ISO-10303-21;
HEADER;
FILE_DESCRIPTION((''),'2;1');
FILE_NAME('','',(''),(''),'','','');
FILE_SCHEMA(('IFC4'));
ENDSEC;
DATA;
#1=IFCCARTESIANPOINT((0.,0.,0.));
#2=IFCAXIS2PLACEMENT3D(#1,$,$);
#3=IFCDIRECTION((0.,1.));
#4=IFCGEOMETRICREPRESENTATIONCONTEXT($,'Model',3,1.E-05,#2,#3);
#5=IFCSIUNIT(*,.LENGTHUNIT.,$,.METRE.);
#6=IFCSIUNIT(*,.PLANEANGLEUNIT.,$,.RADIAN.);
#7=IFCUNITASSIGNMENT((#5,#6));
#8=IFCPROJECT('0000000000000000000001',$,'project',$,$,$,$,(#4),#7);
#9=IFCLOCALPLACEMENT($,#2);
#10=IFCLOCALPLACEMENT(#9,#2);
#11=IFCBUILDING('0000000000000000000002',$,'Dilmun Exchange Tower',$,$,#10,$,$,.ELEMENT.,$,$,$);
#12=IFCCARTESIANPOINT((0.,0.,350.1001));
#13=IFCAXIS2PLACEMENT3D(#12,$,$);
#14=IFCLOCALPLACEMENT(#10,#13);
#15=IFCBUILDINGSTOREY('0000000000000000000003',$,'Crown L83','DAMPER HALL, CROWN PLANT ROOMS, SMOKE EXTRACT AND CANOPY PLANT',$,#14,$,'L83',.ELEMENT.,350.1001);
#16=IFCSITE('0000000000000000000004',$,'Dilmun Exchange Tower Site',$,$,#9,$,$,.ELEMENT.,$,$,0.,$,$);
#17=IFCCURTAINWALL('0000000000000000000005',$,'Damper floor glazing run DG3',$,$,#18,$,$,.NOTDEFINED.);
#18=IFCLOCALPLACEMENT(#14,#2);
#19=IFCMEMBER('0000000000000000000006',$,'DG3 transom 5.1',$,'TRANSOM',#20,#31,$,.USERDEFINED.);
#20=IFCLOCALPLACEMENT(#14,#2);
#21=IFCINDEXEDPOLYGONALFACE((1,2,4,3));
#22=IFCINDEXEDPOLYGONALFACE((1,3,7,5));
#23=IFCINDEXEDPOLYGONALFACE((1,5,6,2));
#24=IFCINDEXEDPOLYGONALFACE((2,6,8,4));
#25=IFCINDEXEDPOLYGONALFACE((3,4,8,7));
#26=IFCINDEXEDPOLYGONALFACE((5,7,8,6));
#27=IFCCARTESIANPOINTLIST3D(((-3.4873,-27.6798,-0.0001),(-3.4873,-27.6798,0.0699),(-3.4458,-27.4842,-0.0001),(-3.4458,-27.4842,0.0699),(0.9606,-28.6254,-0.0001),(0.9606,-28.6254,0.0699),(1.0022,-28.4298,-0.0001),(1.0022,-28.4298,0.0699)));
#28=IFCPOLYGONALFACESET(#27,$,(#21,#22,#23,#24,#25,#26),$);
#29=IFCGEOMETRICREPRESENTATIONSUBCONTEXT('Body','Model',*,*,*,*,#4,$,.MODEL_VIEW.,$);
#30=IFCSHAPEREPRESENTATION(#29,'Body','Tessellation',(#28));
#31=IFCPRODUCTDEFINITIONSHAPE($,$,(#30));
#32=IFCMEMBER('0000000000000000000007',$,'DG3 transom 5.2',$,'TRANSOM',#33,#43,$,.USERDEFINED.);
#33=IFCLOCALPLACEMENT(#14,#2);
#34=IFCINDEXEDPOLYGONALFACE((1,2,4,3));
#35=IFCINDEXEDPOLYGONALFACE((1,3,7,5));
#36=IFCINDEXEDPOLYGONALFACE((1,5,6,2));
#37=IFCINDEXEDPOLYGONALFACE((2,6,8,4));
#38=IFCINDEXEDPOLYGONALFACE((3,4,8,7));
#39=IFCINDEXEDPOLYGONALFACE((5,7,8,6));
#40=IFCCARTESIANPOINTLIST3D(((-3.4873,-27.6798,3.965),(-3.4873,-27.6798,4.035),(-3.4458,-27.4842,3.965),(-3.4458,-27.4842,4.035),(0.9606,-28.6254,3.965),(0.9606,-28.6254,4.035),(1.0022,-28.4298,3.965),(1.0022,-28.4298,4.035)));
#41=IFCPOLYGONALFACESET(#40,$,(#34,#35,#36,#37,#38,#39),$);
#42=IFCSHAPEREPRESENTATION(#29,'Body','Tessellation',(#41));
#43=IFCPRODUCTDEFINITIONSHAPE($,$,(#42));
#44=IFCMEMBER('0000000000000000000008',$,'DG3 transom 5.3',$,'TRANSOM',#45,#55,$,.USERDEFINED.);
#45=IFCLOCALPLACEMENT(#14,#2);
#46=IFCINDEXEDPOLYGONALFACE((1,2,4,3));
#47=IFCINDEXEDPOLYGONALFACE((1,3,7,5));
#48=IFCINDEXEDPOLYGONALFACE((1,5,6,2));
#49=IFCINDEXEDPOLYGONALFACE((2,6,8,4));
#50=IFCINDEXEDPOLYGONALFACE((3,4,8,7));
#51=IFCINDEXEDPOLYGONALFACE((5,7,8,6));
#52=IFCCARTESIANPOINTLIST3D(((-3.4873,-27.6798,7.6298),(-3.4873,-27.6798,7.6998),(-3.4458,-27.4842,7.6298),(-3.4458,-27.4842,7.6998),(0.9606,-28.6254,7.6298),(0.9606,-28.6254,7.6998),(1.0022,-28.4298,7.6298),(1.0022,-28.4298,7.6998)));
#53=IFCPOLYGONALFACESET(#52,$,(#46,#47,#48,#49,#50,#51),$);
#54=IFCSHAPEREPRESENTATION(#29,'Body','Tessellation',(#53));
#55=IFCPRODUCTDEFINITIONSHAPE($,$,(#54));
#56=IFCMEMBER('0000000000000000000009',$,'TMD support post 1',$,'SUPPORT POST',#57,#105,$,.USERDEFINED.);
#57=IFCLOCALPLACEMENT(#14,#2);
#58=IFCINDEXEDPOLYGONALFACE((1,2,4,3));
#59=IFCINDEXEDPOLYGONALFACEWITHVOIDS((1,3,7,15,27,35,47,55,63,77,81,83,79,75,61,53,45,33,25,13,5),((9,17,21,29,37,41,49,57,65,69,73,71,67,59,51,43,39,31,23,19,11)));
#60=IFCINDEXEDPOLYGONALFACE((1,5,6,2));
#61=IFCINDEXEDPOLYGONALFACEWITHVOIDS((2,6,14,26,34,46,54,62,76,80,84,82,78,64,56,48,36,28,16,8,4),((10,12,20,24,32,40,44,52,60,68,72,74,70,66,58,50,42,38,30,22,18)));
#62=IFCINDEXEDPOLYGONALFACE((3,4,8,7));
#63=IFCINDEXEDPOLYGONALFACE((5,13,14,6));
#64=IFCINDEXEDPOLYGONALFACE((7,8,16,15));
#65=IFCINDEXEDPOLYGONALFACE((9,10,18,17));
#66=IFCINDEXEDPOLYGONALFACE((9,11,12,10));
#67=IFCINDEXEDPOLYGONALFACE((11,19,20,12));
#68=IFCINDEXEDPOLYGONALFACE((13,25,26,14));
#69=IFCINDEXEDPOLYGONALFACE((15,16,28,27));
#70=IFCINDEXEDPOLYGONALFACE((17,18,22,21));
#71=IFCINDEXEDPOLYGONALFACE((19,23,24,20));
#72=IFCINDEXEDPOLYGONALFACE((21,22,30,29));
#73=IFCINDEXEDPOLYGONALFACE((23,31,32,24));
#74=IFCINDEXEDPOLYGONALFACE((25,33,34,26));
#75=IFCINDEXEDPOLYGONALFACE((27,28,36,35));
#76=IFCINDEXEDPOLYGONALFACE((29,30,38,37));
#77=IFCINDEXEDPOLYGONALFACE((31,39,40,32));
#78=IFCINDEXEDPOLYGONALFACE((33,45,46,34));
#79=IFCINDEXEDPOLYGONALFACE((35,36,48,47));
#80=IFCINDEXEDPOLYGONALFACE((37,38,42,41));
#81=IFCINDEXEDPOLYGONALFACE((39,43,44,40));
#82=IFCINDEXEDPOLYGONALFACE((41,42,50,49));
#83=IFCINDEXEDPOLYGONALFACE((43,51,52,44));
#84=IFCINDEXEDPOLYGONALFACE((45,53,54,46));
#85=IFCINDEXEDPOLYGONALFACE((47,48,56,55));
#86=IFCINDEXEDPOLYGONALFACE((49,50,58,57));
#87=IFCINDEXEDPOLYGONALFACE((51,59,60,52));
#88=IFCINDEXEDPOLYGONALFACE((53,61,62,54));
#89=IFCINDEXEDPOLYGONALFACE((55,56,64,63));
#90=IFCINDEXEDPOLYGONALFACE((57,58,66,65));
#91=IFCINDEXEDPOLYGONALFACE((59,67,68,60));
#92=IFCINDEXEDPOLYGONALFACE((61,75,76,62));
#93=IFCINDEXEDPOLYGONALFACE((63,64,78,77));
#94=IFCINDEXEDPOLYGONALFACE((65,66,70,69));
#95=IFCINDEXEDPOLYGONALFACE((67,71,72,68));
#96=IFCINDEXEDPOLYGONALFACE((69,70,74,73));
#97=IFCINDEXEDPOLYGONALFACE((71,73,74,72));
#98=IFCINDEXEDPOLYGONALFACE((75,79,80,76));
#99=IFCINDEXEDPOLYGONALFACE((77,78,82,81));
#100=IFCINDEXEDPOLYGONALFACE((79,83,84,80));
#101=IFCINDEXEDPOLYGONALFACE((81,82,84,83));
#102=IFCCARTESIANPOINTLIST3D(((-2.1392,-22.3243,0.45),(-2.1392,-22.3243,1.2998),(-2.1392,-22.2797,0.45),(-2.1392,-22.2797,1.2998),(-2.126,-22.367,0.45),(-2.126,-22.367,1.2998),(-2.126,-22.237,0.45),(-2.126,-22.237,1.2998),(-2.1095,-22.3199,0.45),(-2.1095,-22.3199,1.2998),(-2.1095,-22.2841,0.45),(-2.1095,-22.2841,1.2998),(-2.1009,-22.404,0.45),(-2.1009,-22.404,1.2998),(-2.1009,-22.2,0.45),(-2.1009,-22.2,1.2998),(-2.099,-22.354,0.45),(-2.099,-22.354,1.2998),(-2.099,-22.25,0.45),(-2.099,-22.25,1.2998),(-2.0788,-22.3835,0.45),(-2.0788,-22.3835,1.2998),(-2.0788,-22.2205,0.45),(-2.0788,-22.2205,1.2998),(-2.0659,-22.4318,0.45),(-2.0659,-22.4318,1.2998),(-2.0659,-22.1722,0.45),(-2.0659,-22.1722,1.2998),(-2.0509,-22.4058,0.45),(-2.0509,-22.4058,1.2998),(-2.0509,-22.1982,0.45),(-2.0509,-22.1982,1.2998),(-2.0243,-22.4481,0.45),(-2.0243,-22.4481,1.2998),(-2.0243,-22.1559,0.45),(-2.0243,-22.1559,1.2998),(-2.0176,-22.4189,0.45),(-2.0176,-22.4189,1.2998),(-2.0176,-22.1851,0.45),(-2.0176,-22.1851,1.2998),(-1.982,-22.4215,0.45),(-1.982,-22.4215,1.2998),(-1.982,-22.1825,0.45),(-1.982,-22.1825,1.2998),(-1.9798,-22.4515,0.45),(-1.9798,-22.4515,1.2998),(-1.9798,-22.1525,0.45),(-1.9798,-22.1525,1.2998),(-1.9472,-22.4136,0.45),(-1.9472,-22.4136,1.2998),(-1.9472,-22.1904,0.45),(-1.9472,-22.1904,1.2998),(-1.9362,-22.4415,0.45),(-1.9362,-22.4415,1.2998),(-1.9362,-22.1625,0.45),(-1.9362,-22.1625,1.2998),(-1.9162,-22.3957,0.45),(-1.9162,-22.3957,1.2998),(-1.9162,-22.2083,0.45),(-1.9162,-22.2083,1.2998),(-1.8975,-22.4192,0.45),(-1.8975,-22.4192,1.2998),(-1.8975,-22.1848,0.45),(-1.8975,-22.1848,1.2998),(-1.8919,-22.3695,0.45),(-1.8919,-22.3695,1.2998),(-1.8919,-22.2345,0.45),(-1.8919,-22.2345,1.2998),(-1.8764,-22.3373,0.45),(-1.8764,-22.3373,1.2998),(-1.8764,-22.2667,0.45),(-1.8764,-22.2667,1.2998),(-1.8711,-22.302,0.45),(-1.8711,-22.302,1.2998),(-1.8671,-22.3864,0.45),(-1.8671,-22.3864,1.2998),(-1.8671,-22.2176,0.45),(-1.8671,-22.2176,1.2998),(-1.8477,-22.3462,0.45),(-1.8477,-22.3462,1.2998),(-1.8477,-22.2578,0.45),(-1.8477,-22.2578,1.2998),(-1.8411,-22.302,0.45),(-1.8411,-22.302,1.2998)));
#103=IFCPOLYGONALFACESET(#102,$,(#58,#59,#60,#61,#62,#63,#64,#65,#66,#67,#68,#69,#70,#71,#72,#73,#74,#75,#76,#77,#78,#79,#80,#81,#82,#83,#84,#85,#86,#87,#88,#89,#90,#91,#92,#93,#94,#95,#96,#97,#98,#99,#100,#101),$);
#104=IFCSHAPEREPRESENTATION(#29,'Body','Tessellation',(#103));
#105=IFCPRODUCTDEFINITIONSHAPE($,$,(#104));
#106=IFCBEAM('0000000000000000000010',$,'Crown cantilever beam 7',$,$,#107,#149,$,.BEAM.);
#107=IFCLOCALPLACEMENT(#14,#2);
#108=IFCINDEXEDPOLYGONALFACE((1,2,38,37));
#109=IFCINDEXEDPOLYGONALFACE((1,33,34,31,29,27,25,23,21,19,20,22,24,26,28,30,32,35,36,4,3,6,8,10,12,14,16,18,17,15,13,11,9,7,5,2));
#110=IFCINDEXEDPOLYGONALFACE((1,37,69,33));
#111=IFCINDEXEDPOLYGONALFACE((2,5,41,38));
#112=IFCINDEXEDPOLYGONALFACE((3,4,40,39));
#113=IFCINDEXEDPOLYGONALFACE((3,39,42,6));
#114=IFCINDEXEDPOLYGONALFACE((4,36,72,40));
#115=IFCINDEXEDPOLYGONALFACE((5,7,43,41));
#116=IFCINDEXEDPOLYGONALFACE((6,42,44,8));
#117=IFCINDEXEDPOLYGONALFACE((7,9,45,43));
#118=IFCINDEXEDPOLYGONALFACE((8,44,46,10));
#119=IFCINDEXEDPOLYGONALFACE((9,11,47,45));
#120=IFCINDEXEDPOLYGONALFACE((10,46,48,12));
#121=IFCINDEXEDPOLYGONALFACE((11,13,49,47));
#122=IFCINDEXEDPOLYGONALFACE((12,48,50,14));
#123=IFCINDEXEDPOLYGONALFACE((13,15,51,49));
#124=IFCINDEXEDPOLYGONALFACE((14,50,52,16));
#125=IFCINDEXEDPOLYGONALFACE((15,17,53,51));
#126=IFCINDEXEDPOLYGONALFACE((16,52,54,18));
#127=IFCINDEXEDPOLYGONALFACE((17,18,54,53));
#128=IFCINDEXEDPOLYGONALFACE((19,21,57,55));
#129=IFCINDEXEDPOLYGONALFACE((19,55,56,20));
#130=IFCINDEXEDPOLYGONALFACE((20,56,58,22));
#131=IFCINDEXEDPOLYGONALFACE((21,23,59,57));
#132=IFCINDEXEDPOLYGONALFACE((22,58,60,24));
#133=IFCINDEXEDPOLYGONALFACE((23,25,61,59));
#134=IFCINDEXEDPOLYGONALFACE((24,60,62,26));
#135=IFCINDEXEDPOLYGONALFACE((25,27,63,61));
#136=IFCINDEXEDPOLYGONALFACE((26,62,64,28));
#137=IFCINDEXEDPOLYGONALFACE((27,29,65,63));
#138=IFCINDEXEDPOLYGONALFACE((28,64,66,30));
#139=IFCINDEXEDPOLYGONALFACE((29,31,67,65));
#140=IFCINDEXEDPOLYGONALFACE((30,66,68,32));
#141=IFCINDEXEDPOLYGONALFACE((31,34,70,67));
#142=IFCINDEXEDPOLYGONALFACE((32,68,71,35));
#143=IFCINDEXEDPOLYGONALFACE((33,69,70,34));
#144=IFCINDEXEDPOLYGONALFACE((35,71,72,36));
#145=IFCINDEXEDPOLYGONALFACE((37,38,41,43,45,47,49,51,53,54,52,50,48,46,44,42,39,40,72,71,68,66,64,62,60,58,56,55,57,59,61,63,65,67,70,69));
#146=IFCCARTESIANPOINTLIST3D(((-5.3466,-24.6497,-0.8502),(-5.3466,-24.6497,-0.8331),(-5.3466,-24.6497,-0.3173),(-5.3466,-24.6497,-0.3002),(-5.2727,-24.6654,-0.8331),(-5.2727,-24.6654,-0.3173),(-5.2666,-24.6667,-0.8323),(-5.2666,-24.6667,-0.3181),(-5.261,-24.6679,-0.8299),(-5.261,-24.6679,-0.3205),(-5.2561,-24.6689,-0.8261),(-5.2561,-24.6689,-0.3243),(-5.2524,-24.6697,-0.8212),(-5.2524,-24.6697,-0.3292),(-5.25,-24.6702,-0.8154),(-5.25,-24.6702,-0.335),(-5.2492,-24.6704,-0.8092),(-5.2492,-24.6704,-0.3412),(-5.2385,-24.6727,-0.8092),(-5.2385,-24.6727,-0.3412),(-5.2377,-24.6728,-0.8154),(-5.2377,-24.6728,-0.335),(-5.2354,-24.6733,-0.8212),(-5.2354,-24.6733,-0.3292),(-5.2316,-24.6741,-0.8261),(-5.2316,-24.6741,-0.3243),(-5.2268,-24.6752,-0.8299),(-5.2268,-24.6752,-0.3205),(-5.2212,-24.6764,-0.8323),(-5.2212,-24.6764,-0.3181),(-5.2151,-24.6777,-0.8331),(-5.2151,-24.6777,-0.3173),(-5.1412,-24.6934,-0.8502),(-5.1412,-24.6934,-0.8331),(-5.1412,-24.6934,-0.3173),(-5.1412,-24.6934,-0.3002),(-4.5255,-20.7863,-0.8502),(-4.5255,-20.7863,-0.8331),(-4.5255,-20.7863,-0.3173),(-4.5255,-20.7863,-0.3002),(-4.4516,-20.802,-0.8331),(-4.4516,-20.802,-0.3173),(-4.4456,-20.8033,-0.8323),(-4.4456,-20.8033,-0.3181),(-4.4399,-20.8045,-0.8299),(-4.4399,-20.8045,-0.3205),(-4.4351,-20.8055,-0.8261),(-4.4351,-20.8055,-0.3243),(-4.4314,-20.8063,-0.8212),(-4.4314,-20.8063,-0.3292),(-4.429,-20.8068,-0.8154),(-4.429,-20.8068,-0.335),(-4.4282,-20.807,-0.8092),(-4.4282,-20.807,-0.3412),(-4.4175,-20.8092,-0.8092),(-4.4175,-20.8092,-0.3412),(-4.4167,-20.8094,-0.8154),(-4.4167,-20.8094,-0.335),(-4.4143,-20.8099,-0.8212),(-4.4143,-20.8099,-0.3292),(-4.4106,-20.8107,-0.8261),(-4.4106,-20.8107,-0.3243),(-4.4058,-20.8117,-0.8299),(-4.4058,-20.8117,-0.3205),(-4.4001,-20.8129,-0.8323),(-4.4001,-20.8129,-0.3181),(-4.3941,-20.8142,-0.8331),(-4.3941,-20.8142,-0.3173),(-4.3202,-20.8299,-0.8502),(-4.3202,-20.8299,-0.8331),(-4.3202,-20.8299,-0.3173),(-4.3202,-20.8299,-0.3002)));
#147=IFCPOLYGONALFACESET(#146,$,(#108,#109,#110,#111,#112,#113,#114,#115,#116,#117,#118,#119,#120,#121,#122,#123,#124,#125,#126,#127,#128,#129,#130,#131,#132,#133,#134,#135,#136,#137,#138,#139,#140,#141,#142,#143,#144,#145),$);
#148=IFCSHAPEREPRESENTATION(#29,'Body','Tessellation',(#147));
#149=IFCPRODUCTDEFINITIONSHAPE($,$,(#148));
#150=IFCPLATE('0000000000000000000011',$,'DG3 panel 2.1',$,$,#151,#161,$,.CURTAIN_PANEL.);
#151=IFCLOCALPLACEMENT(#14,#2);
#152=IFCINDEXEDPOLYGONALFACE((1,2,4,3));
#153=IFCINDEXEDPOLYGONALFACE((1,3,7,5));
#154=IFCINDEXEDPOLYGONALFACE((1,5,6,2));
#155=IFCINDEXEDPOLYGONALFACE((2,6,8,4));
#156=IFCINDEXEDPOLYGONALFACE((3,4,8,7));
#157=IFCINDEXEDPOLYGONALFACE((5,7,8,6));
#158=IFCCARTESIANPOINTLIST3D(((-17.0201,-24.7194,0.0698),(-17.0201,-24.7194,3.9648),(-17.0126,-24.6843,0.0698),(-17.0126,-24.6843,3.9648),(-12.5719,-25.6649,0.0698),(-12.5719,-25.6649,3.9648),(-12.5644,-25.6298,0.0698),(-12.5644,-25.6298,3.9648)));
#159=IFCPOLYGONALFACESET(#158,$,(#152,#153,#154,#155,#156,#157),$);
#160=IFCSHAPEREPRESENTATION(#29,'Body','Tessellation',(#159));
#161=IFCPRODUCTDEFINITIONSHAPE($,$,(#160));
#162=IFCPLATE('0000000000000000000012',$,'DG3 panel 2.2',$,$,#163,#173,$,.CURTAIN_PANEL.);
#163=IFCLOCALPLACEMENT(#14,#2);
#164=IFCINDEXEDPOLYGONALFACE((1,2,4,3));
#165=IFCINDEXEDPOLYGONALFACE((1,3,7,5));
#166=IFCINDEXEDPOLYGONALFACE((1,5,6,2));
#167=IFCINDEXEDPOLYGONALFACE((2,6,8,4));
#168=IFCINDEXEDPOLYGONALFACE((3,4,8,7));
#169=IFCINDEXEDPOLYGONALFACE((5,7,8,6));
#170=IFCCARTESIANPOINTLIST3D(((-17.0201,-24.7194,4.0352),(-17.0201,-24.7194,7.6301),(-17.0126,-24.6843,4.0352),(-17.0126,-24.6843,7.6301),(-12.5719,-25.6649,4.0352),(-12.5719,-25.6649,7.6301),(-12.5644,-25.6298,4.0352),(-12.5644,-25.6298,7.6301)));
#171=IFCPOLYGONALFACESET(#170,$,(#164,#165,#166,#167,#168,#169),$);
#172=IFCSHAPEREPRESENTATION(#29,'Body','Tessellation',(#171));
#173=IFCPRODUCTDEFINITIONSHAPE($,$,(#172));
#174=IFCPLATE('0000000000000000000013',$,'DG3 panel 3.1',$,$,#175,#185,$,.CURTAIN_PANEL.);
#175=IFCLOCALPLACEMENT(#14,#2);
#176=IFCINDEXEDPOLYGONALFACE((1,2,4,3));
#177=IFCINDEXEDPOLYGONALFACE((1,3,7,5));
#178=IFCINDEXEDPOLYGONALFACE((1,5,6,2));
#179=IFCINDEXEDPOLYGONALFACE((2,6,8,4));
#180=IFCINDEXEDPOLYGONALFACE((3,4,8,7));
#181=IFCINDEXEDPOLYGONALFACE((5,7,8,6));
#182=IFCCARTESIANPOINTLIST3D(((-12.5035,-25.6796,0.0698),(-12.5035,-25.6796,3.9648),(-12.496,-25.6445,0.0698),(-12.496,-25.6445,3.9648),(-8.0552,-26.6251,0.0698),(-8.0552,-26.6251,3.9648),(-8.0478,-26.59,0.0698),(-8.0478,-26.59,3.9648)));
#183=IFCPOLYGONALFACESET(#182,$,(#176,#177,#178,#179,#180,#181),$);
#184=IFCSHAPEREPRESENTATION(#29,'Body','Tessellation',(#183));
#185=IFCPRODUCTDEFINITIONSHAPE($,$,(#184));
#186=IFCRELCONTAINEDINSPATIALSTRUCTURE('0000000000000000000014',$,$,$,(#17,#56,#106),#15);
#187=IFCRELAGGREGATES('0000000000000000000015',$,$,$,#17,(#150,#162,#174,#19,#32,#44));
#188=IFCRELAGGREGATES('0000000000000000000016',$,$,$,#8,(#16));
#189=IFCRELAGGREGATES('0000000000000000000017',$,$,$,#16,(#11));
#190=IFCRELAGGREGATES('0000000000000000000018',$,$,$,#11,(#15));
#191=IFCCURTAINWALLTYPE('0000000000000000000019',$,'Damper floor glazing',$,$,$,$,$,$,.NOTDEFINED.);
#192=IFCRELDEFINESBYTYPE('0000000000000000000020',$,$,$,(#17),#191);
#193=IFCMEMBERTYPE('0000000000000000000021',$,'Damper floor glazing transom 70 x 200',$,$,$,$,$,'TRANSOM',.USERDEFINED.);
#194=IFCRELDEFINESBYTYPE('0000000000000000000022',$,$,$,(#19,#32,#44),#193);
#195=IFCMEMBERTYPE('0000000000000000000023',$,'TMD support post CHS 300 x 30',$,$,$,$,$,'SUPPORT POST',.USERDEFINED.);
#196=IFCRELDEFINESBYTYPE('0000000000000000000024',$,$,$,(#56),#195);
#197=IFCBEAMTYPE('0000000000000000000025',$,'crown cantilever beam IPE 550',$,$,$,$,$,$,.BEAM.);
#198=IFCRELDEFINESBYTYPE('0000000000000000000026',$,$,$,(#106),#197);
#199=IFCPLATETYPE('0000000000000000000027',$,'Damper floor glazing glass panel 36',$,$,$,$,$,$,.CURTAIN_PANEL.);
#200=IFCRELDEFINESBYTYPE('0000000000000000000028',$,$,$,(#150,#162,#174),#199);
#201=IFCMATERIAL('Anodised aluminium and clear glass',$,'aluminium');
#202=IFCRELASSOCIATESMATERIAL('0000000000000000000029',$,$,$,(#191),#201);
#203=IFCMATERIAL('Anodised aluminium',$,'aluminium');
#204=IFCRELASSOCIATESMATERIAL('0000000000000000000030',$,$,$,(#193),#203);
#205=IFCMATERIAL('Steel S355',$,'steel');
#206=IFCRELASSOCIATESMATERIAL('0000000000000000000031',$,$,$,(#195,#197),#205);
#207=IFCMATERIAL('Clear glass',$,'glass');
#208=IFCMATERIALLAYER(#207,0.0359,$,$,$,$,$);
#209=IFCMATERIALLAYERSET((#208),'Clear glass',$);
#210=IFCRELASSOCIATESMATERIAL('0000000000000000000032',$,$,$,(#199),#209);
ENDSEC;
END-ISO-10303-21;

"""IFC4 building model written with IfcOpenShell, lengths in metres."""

from ifc_helpers import new_model, si_unit, direction, frame, origin, origin_2d, place, context, subcontext, project, spatial, rectangle, hollow_circle, i_section, extrude, material, layer, layer_set, material_profile, profile_set, type_object, element, aggregate, save


model = new_model("IFC4")

# Units and contexts
model_context = context("Model", 3, precision=1e-05, world=origin(), true_north=direction((0.0, 1.0)))
body_context = subcontext(model_context, "Body", "Model", "MODEL_VIEW")
ifc_project = project(units=[si_unit("LENGTHUNIT", "METRE"), si_unit("PLANEANGLEUNIT", "RADIAN")], contexts=[model_context])

# Site, building, storey
site_placement = place(None, origin())
site = spatial("IfcSite", under=ifc_project, at=site_placement, Name="Dilmun Exchange Tower Site", CompositionType="ELEMENT", RefElevation=0.0)
building_placement = place(site_placement, origin())
building = spatial("IfcBuilding", under=site, at=building_placement, Name="Dilmun Exchange Tower", CompositionType="ELEMENT")
storey_placement = place(building_placement, frame((0.0, 0.0, 350.1001)))
storey = spatial("IfcBuildingStorey", under=building, at=storey_placement, Name="Crown L83", Description="DAMPER HALL, CROWN PLANT ROOMS, SMOKE EXTRACT AND CANOPY PLANT", LongName="L83", CompositionType="ELEMENT", Elevation=350.1001)

# Curtain wall, members
ifc_material_1 = material(Name="Anodised aluminium and clear glass", Category="aluminium")
curtain_wall_type = type_object("IfcCurtainWallType", Name="Damper floor glazing", PredefinedType="NOTDEFINED", material=ifc_material_1)
curtain_wall_placement = place(storey_placement, origin())
curtain_wall = element("IfcCurtainWall", 1, at=curtain_wall_placement, inside=storey, type_object=curtain_wall_type, Name="Damper floor glazing run DG3", PredefinedType="NOTDEFINED")
ifc_material_2 = material(Name="Anodised aluminium", Category="aluminium")
ifc_material_profile_1 = material_profile(ifc_material_2, rectangle(XDim=0.2, YDim=0.0701, at=origin_2d()), Name="AL 70x200")
ifc_profile_set_1 = profile_set([ifc_material_profile_1], Name="Anodised aluminium")
member_type_1 = type_object("IfcMemberType", Name="Damper floor glazing transom 70 x 200", ElementType="TRANSOM", PredefinedType="USERDEFINED", material=ifc_profile_set_1)
member_1_placement = place(storey_placement, frame((-3.4666, -27.582, 0.0349), z_axis=(0.978143, -0.207934, 0.0), x_axis=(0.207934, 0.978143, 0.0)))
member_1 = element("IfcMember", 2, at=member_1_placement, type_object=member_type_1, Name="DG3 transom 5.1", ObjectType="TRANSOM", PredefinedType="USERDEFINED", context=body_context, shape_type="SweptSolid", body=[
    extrude(rectangle(XDim=0.2, YDim=0.0701, at=origin_2d()), origin(), (0.0, 0.0, 1.0), 4.5474),
])
member_2_placement = place(storey_placement, frame((-3.4666, -27.582, 4.0), z_axis=(0.978143, -0.207934, 0.0), x_axis=(0.207934, 0.978143, 0.0)))
member_2 = element("IfcMember", 3, at=member_2_placement, type_object=member_type_1, Name="DG3 transom 5.2", ObjectType="TRANSOM", PredefinedType="USERDEFINED", context=body_context, shape_type="SweptSolid", body=[
    extrude(rectangle(XDim=0.2, YDim=0.0701, at=origin_2d()), origin(), (0.0, 0.0, 1.0), 4.5474),
])
member_3_placement = place(storey_placement, frame((-3.4666, -27.582, 7.6648), z_axis=(0.978143, -0.207934, 0.0), x_axis=(0.207934, 0.978143, 0.0)))
member_3 = element("IfcMember", 4, at=member_3_placement, type_object=member_type_1, Name="DG3 transom 5.3", ObjectType="TRANSOM", PredefinedType="USERDEFINED", context=body_context, shape_type="SweptSolid", body=[
    extrude(rectangle(XDim=0.2, YDim=0.0701, at=origin_2d()), origin(), (0.0, 0.0, 1.0), 4.5474),
])

# Member
ifc_material_3 = material(Name="Steel S355", Category="steel")
ifc_material_profile_2 = material_profile(ifc_material_3, hollow_circle(Radius=0.1499, WallThickness=0.03, at=origin_2d()), Name="CHS 300x30")
ifc_profile_set_2 = profile_set([ifc_material_profile_2], Name="Steel S355")
member_type_2 = type_object("IfcMemberType", Name="TMD support post CHS 300 x 30", ElementType="SUPPORT POST", PredefinedType="USERDEFINED", material=ifc_profile_set_2)
member_4_placement = place(storey_placement, frame((-1.991, -22.302, 0.45), z_axis=(0.0, 0.0, 1.0), x_axis=(1.0, 0.0, 0.0)))
element("IfcMember", 5, at=member_4_placement, inside=storey, type_object=member_type_2, Name="TMD support post 1", ObjectType="SUPPORT POST", PredefinedType="USERDEFINED", context=body_context, shape_type="SweptSolid", body=[
    extrude(hollow_circle(Radius=0.1499, WallThickness=0.03, at=origin_2d()), origin(), (0.0, 0.0, 1.0), 0.8499),
])

# Beam
ifc_material_profile_3 = material_profile(ifc_material_3, i_section(OverallWidth=0.21, OverallDepth=0.55, WebThickness=0.011, FlangeThickness=0.0171, FilletRadius=0.0239, at=origin_2d()), Name="IPE 550")
ifc_profile_set_3 = profile_set([ifc_material_profile_3], Name="Steel S355")
beam_type = type_object("IfcBeamType", Name="crown cantilever beam IPE 550", PredefinedType="BEAM", material=ifc_profile_set_3)
beam_placement = place(storey_placement, frame((-4.4229, -20.8081, -0.5752), z_axis=(-0.20787, -0.978156, 0.0), x_axis=(0.978156, -0.20787, 0.0)))
element("IfcBeam", 6, at=beam_placement, inside=storey, type_object=beam_type, Name="Crown cantilever beam 7", PredefinedType="BEAM", context=body_context, shape_type="SweptSolid", body=[
    extrude(i_section(OverallWidth=0.21, OverallDepth=0.55, WebThickness=0.011, FlangeThickness=0.0171, FilletRadius=0.0239, at=origin_2d()), origin(), (0.0, 0.0, 1.0), 3.9497),
])

# Plates
ifc_material_4 = material(Name="Clear glass", Category="glass")
ifc_layer_1 = layer(ifc_material_4, 0.0359)
ifc_layer_set_1 = layer_set([ifc_layer_1], Name="Clear glass")
plate_type = type_object("IfcPlateType", Name="Damper floor glazing glass panel 36", PredefinedType="CURTAIN_PANEL", material=ifc_layer_set_1)
plate_1_placement = place(storey_placement, frame((-14.7922, -25.1746, 0.0698), z_axis=(0.0, 0.0, 1.0), x_axis=(0.978148, -0.207911, 0.0)))
plate_1 = element("IfcPlate", 7, at=plate_1_placement, type_object=plate_type, Name="DG3 panel 2.1", PredefinedType="CURTAIN_PANEL", context=body_context, shape_type="SweptSolid", body=[
    extrude(rectangle(XDim=4.5476, YDim=0.0359, at=origin_2d()), origin(), (0.0, 0.0, 1.0), 3.895),
])
plate_2_placement = place(storey_placement, frame((-14.7922, -25.1746, 4.0352), z_axis=(0.0, 0.0, 1.0), x_axis=(0.978148, -0.207911, 0.0)))
plate_2 = element("IfcPlate", 8, at=plate_2_placement, type_object=plate_type, Name="DG3 panel 2.2", PredefinedType="CURTAIN_PANEL", context=body_context, shape_type="SweptSolid", body=[
    extrude(rectangle(XDim=4.5476, YDim=0.0359, at=origin_2d()), origin(), (0.0, 0.0, 1.0), 3.595),
])
plate_3_placement = place(storey_placement, frame((-10.2756, -26.1348, 0.0698), z_axis=(0.0, 0.0, 1.0), x_axis=(0.978148, -0.207911, 0.0)))
plate_3 = element("IfcPlate", 9, at=plate_3_placement, type_object=plate_type, Name="DG3 panel 3.1", PredefinedType="CURTAIN_PANEL", context=body_context, shape_type="SweptSolid", body=[
    extrude(rectangle(XDim=4.5476, YDim=0.0359, at=origin_2d()), origin(), (0.0, 0.0, 1.0), 3.895),
])
aggregate(curtain_wall, [plate_1, plate_2, plate_3, member_1, member_2, member_3])

save(model, "model.ifc")
